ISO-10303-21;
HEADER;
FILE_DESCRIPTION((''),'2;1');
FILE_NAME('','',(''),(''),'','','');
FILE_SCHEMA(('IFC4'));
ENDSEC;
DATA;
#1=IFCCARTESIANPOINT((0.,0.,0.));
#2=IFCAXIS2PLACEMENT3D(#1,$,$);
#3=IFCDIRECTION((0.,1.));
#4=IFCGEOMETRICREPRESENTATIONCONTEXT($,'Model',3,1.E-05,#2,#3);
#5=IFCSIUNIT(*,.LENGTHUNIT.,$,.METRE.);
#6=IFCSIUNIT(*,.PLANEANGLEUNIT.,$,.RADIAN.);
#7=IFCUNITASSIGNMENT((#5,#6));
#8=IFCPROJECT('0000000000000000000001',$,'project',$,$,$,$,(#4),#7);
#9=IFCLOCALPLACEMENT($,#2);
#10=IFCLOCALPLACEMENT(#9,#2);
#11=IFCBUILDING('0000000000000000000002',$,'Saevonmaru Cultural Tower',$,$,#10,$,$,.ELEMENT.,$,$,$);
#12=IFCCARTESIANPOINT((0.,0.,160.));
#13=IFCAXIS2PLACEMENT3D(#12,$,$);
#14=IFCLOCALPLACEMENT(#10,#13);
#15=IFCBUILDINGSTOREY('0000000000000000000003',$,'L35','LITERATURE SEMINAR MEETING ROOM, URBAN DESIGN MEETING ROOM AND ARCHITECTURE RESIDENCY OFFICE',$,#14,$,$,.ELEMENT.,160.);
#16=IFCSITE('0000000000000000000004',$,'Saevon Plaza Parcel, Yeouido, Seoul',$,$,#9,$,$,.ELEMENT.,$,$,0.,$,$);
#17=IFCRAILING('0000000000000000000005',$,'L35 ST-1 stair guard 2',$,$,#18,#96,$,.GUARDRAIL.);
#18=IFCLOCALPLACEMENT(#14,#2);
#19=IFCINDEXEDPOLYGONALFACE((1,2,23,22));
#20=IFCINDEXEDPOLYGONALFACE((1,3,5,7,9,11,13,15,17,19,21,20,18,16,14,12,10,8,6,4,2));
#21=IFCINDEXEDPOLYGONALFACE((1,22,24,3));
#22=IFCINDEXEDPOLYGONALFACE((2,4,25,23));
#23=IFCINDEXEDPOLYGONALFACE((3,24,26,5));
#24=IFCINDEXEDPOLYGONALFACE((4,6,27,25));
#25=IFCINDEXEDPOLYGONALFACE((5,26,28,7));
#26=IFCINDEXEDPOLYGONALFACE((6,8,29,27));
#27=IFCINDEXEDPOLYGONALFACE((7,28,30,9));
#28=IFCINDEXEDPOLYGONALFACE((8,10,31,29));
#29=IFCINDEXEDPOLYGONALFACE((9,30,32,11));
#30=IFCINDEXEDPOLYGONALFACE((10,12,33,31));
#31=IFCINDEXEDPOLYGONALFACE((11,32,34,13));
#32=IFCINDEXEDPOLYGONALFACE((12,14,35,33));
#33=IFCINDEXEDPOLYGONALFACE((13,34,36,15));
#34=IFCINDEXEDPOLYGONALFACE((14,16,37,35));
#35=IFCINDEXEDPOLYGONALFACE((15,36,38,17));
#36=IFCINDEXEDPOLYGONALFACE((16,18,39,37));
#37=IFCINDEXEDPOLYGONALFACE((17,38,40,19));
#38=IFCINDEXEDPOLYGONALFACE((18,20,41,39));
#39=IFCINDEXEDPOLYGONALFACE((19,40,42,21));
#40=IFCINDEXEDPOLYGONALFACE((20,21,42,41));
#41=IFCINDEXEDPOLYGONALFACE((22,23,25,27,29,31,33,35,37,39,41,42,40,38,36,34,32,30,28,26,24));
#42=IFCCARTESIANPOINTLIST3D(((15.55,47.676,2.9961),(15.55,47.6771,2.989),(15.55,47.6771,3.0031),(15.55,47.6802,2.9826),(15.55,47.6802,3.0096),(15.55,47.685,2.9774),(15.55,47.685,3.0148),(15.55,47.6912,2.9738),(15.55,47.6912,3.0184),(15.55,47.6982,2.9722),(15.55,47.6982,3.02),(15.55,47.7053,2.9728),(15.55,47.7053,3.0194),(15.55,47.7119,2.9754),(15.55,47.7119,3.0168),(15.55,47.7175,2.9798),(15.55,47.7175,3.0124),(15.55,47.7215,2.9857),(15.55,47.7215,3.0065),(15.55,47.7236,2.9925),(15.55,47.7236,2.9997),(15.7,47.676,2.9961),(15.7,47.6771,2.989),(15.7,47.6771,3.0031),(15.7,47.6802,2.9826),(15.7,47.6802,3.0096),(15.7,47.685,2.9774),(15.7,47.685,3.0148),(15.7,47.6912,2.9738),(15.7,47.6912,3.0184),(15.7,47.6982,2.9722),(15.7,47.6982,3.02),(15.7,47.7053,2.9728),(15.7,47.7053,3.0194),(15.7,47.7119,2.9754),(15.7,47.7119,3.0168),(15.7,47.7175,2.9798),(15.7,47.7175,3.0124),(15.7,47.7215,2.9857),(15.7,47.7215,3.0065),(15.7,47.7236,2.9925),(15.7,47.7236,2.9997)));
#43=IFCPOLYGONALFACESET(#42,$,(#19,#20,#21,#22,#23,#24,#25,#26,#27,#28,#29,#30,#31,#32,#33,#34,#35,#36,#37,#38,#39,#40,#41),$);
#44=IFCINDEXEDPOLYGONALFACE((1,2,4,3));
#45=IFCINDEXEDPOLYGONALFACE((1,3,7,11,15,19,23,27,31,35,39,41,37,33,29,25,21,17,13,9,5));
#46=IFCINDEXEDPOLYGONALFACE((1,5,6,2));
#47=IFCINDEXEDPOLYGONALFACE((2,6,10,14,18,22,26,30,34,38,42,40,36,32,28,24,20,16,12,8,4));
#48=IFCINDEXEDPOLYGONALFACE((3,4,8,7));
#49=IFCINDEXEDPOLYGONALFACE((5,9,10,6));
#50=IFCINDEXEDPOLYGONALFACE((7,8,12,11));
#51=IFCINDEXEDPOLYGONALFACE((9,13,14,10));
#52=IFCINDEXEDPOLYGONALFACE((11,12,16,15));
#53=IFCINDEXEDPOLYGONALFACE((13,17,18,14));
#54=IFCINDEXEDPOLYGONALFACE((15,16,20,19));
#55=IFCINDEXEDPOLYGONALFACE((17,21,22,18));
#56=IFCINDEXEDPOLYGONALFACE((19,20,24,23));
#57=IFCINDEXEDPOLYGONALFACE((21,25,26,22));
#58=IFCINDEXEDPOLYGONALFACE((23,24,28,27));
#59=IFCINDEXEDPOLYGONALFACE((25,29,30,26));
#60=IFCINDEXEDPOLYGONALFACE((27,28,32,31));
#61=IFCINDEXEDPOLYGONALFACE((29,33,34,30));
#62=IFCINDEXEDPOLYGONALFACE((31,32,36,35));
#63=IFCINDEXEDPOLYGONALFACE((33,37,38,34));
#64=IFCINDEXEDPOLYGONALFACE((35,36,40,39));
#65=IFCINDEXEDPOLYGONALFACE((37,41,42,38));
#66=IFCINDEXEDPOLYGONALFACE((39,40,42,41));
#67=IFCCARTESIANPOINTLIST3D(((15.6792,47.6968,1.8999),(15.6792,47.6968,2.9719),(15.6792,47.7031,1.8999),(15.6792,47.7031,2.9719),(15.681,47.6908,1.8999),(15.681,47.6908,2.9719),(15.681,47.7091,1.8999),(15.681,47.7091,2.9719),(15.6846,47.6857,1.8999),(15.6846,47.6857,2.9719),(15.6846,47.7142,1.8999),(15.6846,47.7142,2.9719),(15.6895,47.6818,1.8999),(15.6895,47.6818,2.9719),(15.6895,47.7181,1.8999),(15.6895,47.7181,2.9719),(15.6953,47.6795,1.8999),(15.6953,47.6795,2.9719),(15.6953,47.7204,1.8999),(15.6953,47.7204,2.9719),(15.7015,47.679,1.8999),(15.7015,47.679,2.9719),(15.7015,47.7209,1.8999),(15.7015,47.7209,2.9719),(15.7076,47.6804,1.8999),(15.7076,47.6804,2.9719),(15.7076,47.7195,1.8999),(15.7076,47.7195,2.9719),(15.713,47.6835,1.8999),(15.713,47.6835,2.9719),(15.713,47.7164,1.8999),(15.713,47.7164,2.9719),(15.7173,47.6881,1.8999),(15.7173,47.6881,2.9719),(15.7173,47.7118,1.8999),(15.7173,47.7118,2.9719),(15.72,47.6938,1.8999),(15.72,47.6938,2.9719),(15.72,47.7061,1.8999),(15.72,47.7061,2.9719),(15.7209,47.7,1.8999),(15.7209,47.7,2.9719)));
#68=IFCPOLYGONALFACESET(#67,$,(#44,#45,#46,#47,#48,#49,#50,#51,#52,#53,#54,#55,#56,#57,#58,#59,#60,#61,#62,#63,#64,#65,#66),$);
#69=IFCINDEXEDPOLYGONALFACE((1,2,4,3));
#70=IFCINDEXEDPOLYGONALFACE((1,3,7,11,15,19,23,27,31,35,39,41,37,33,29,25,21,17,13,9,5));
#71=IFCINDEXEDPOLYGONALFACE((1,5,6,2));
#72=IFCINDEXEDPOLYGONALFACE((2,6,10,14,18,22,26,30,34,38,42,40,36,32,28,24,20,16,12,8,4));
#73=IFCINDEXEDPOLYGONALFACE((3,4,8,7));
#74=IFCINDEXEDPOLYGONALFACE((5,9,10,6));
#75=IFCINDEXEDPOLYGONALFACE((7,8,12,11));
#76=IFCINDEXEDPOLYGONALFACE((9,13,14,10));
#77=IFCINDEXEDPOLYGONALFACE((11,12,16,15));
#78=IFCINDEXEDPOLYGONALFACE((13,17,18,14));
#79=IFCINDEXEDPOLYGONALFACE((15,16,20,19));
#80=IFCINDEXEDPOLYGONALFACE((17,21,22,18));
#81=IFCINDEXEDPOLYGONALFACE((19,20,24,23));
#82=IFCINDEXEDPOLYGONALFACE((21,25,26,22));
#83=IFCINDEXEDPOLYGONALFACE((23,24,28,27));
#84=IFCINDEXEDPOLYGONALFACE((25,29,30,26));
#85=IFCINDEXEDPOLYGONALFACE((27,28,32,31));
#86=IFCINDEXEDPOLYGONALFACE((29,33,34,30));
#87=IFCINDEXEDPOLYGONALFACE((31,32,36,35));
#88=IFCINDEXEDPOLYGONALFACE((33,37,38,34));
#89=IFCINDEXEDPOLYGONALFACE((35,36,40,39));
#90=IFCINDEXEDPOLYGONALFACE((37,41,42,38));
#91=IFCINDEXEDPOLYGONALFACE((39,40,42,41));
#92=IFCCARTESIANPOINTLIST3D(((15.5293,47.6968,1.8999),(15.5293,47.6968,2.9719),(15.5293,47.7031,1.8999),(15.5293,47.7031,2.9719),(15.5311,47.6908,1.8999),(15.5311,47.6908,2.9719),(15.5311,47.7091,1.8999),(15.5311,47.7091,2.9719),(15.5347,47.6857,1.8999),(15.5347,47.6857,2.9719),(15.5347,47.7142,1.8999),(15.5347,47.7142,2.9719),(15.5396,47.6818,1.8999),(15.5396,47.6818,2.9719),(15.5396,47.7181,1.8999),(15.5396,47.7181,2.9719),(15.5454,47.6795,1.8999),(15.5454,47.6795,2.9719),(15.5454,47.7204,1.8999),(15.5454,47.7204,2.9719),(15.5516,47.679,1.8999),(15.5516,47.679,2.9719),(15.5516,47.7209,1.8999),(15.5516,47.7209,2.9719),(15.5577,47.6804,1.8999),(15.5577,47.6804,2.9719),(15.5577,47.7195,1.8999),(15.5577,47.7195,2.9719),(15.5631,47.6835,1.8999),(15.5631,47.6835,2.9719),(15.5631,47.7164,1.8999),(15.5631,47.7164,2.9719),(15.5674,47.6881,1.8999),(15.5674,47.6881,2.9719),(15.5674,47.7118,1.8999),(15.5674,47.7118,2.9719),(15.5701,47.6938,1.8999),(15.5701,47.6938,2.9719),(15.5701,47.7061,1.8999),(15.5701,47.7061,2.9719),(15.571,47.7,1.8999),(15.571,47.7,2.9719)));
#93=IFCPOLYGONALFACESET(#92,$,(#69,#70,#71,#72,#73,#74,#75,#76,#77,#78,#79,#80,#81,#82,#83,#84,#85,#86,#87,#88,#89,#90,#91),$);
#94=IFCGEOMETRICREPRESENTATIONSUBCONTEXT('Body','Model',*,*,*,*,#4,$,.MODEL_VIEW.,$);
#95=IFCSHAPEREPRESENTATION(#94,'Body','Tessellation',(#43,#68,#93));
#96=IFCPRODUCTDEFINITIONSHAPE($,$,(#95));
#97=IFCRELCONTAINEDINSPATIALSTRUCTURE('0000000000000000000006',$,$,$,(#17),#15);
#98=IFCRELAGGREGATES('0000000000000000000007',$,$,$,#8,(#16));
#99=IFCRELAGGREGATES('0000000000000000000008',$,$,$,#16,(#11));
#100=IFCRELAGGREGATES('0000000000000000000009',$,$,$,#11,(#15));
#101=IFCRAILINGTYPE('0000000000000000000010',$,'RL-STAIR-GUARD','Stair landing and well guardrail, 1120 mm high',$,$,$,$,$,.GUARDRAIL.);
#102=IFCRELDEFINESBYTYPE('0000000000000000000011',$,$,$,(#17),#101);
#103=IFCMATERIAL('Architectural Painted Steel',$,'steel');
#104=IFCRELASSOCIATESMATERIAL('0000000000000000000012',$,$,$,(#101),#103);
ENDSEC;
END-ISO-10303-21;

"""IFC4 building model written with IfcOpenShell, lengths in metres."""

from ifc_helpers import new_model, si_unit, direction, frame, origin, origin_2d, place, context, subcontext, project, spatial, circle, extrude, material, type_object, element, save


model = new_model("IFC4")

# Units and contexts
model_context = context("Model", 3, precision=1e-05, world=origin(), true_north=direction((0.0, 1.0)))
body_context = subcontext(model_context, "Body", "Model", "MODEL_VIEW")
ifc_project = project(units=[si_unit("LENGTHUNIT", "METRE"), si_unit("PLANEANGLEUNIT", "RADIAN")], contexts=[model_context])

# Site, building, storey
site_placement = place(None, origin())
site = spatial("IfcSite", under=ifc_project, at=site_placement, Name="Saevon Plaza Parcel, Yeouido, Seoul", CompositionType="ELEMENT", RefElevation=0.0)
building_placement = place(site_placement, origin())
building = spatial("IfcBuilding", under=site, at=building_placement, Name="Saevonmaru Cultural Tower", CompositionType="ELEMENT")
storey_placement = place(building_placement, frame((0.0, 0.0, 160.0)))
storey = spatial("IfcBuildingStorey", under=building, at=storey_placement, Name="L35", Description="LITERATURE SEMINAR MEETING ROOM, URBAN DESIGN MEETING ROOM AND ARCHITECTURE RESIDENCY OFFICE", CompositionType="ELEMENT", Elevation=160.0)

# Railing
ifc_material_1 = material(Name="Architectural Painted Steel", Category="steel")
railing_type_1 = type_object("IfcRailingType", Name="RL-STAIR-GUARD", Description="Stair landing and well guardrail, 1120 mm high", PredefinedType="GUARDRAIL", material=ifc_material_1)
railing_1_placement = place(storey_placement, frame((15.7, 47.7, 1.8999)))
element("IfcRailing", 1, at=railing_1_placement, inside=storey, type_object=railing_type_1, Name="L35 ST-1 stair guard 2", PredefinedType="GUARDRAIL", context=body_context, shape_type="SweptSolid", body=[
    extrude(circle(Radius=0.0239, at=origin_2d()), frame((0.0, 0.0, 1.0962), z_axis=(-1.0, 0.0, 0.0), x_axis=(0.0, -1.0, 0.0)), (0.0, 0.0, 1.0), 0.1499),
    extrude(circle(Radius=0.021, at=origin_2d()), origin(), (0.0, 0.0, 1.0), 1.072),
    extrude(circle(Radius=0.021, at=origin_2d()), frame((-0.1499, 0.0, 0.0)), (0.0, 0.0, 1.0), 1.072),
])

save(model, "model.ifc")
